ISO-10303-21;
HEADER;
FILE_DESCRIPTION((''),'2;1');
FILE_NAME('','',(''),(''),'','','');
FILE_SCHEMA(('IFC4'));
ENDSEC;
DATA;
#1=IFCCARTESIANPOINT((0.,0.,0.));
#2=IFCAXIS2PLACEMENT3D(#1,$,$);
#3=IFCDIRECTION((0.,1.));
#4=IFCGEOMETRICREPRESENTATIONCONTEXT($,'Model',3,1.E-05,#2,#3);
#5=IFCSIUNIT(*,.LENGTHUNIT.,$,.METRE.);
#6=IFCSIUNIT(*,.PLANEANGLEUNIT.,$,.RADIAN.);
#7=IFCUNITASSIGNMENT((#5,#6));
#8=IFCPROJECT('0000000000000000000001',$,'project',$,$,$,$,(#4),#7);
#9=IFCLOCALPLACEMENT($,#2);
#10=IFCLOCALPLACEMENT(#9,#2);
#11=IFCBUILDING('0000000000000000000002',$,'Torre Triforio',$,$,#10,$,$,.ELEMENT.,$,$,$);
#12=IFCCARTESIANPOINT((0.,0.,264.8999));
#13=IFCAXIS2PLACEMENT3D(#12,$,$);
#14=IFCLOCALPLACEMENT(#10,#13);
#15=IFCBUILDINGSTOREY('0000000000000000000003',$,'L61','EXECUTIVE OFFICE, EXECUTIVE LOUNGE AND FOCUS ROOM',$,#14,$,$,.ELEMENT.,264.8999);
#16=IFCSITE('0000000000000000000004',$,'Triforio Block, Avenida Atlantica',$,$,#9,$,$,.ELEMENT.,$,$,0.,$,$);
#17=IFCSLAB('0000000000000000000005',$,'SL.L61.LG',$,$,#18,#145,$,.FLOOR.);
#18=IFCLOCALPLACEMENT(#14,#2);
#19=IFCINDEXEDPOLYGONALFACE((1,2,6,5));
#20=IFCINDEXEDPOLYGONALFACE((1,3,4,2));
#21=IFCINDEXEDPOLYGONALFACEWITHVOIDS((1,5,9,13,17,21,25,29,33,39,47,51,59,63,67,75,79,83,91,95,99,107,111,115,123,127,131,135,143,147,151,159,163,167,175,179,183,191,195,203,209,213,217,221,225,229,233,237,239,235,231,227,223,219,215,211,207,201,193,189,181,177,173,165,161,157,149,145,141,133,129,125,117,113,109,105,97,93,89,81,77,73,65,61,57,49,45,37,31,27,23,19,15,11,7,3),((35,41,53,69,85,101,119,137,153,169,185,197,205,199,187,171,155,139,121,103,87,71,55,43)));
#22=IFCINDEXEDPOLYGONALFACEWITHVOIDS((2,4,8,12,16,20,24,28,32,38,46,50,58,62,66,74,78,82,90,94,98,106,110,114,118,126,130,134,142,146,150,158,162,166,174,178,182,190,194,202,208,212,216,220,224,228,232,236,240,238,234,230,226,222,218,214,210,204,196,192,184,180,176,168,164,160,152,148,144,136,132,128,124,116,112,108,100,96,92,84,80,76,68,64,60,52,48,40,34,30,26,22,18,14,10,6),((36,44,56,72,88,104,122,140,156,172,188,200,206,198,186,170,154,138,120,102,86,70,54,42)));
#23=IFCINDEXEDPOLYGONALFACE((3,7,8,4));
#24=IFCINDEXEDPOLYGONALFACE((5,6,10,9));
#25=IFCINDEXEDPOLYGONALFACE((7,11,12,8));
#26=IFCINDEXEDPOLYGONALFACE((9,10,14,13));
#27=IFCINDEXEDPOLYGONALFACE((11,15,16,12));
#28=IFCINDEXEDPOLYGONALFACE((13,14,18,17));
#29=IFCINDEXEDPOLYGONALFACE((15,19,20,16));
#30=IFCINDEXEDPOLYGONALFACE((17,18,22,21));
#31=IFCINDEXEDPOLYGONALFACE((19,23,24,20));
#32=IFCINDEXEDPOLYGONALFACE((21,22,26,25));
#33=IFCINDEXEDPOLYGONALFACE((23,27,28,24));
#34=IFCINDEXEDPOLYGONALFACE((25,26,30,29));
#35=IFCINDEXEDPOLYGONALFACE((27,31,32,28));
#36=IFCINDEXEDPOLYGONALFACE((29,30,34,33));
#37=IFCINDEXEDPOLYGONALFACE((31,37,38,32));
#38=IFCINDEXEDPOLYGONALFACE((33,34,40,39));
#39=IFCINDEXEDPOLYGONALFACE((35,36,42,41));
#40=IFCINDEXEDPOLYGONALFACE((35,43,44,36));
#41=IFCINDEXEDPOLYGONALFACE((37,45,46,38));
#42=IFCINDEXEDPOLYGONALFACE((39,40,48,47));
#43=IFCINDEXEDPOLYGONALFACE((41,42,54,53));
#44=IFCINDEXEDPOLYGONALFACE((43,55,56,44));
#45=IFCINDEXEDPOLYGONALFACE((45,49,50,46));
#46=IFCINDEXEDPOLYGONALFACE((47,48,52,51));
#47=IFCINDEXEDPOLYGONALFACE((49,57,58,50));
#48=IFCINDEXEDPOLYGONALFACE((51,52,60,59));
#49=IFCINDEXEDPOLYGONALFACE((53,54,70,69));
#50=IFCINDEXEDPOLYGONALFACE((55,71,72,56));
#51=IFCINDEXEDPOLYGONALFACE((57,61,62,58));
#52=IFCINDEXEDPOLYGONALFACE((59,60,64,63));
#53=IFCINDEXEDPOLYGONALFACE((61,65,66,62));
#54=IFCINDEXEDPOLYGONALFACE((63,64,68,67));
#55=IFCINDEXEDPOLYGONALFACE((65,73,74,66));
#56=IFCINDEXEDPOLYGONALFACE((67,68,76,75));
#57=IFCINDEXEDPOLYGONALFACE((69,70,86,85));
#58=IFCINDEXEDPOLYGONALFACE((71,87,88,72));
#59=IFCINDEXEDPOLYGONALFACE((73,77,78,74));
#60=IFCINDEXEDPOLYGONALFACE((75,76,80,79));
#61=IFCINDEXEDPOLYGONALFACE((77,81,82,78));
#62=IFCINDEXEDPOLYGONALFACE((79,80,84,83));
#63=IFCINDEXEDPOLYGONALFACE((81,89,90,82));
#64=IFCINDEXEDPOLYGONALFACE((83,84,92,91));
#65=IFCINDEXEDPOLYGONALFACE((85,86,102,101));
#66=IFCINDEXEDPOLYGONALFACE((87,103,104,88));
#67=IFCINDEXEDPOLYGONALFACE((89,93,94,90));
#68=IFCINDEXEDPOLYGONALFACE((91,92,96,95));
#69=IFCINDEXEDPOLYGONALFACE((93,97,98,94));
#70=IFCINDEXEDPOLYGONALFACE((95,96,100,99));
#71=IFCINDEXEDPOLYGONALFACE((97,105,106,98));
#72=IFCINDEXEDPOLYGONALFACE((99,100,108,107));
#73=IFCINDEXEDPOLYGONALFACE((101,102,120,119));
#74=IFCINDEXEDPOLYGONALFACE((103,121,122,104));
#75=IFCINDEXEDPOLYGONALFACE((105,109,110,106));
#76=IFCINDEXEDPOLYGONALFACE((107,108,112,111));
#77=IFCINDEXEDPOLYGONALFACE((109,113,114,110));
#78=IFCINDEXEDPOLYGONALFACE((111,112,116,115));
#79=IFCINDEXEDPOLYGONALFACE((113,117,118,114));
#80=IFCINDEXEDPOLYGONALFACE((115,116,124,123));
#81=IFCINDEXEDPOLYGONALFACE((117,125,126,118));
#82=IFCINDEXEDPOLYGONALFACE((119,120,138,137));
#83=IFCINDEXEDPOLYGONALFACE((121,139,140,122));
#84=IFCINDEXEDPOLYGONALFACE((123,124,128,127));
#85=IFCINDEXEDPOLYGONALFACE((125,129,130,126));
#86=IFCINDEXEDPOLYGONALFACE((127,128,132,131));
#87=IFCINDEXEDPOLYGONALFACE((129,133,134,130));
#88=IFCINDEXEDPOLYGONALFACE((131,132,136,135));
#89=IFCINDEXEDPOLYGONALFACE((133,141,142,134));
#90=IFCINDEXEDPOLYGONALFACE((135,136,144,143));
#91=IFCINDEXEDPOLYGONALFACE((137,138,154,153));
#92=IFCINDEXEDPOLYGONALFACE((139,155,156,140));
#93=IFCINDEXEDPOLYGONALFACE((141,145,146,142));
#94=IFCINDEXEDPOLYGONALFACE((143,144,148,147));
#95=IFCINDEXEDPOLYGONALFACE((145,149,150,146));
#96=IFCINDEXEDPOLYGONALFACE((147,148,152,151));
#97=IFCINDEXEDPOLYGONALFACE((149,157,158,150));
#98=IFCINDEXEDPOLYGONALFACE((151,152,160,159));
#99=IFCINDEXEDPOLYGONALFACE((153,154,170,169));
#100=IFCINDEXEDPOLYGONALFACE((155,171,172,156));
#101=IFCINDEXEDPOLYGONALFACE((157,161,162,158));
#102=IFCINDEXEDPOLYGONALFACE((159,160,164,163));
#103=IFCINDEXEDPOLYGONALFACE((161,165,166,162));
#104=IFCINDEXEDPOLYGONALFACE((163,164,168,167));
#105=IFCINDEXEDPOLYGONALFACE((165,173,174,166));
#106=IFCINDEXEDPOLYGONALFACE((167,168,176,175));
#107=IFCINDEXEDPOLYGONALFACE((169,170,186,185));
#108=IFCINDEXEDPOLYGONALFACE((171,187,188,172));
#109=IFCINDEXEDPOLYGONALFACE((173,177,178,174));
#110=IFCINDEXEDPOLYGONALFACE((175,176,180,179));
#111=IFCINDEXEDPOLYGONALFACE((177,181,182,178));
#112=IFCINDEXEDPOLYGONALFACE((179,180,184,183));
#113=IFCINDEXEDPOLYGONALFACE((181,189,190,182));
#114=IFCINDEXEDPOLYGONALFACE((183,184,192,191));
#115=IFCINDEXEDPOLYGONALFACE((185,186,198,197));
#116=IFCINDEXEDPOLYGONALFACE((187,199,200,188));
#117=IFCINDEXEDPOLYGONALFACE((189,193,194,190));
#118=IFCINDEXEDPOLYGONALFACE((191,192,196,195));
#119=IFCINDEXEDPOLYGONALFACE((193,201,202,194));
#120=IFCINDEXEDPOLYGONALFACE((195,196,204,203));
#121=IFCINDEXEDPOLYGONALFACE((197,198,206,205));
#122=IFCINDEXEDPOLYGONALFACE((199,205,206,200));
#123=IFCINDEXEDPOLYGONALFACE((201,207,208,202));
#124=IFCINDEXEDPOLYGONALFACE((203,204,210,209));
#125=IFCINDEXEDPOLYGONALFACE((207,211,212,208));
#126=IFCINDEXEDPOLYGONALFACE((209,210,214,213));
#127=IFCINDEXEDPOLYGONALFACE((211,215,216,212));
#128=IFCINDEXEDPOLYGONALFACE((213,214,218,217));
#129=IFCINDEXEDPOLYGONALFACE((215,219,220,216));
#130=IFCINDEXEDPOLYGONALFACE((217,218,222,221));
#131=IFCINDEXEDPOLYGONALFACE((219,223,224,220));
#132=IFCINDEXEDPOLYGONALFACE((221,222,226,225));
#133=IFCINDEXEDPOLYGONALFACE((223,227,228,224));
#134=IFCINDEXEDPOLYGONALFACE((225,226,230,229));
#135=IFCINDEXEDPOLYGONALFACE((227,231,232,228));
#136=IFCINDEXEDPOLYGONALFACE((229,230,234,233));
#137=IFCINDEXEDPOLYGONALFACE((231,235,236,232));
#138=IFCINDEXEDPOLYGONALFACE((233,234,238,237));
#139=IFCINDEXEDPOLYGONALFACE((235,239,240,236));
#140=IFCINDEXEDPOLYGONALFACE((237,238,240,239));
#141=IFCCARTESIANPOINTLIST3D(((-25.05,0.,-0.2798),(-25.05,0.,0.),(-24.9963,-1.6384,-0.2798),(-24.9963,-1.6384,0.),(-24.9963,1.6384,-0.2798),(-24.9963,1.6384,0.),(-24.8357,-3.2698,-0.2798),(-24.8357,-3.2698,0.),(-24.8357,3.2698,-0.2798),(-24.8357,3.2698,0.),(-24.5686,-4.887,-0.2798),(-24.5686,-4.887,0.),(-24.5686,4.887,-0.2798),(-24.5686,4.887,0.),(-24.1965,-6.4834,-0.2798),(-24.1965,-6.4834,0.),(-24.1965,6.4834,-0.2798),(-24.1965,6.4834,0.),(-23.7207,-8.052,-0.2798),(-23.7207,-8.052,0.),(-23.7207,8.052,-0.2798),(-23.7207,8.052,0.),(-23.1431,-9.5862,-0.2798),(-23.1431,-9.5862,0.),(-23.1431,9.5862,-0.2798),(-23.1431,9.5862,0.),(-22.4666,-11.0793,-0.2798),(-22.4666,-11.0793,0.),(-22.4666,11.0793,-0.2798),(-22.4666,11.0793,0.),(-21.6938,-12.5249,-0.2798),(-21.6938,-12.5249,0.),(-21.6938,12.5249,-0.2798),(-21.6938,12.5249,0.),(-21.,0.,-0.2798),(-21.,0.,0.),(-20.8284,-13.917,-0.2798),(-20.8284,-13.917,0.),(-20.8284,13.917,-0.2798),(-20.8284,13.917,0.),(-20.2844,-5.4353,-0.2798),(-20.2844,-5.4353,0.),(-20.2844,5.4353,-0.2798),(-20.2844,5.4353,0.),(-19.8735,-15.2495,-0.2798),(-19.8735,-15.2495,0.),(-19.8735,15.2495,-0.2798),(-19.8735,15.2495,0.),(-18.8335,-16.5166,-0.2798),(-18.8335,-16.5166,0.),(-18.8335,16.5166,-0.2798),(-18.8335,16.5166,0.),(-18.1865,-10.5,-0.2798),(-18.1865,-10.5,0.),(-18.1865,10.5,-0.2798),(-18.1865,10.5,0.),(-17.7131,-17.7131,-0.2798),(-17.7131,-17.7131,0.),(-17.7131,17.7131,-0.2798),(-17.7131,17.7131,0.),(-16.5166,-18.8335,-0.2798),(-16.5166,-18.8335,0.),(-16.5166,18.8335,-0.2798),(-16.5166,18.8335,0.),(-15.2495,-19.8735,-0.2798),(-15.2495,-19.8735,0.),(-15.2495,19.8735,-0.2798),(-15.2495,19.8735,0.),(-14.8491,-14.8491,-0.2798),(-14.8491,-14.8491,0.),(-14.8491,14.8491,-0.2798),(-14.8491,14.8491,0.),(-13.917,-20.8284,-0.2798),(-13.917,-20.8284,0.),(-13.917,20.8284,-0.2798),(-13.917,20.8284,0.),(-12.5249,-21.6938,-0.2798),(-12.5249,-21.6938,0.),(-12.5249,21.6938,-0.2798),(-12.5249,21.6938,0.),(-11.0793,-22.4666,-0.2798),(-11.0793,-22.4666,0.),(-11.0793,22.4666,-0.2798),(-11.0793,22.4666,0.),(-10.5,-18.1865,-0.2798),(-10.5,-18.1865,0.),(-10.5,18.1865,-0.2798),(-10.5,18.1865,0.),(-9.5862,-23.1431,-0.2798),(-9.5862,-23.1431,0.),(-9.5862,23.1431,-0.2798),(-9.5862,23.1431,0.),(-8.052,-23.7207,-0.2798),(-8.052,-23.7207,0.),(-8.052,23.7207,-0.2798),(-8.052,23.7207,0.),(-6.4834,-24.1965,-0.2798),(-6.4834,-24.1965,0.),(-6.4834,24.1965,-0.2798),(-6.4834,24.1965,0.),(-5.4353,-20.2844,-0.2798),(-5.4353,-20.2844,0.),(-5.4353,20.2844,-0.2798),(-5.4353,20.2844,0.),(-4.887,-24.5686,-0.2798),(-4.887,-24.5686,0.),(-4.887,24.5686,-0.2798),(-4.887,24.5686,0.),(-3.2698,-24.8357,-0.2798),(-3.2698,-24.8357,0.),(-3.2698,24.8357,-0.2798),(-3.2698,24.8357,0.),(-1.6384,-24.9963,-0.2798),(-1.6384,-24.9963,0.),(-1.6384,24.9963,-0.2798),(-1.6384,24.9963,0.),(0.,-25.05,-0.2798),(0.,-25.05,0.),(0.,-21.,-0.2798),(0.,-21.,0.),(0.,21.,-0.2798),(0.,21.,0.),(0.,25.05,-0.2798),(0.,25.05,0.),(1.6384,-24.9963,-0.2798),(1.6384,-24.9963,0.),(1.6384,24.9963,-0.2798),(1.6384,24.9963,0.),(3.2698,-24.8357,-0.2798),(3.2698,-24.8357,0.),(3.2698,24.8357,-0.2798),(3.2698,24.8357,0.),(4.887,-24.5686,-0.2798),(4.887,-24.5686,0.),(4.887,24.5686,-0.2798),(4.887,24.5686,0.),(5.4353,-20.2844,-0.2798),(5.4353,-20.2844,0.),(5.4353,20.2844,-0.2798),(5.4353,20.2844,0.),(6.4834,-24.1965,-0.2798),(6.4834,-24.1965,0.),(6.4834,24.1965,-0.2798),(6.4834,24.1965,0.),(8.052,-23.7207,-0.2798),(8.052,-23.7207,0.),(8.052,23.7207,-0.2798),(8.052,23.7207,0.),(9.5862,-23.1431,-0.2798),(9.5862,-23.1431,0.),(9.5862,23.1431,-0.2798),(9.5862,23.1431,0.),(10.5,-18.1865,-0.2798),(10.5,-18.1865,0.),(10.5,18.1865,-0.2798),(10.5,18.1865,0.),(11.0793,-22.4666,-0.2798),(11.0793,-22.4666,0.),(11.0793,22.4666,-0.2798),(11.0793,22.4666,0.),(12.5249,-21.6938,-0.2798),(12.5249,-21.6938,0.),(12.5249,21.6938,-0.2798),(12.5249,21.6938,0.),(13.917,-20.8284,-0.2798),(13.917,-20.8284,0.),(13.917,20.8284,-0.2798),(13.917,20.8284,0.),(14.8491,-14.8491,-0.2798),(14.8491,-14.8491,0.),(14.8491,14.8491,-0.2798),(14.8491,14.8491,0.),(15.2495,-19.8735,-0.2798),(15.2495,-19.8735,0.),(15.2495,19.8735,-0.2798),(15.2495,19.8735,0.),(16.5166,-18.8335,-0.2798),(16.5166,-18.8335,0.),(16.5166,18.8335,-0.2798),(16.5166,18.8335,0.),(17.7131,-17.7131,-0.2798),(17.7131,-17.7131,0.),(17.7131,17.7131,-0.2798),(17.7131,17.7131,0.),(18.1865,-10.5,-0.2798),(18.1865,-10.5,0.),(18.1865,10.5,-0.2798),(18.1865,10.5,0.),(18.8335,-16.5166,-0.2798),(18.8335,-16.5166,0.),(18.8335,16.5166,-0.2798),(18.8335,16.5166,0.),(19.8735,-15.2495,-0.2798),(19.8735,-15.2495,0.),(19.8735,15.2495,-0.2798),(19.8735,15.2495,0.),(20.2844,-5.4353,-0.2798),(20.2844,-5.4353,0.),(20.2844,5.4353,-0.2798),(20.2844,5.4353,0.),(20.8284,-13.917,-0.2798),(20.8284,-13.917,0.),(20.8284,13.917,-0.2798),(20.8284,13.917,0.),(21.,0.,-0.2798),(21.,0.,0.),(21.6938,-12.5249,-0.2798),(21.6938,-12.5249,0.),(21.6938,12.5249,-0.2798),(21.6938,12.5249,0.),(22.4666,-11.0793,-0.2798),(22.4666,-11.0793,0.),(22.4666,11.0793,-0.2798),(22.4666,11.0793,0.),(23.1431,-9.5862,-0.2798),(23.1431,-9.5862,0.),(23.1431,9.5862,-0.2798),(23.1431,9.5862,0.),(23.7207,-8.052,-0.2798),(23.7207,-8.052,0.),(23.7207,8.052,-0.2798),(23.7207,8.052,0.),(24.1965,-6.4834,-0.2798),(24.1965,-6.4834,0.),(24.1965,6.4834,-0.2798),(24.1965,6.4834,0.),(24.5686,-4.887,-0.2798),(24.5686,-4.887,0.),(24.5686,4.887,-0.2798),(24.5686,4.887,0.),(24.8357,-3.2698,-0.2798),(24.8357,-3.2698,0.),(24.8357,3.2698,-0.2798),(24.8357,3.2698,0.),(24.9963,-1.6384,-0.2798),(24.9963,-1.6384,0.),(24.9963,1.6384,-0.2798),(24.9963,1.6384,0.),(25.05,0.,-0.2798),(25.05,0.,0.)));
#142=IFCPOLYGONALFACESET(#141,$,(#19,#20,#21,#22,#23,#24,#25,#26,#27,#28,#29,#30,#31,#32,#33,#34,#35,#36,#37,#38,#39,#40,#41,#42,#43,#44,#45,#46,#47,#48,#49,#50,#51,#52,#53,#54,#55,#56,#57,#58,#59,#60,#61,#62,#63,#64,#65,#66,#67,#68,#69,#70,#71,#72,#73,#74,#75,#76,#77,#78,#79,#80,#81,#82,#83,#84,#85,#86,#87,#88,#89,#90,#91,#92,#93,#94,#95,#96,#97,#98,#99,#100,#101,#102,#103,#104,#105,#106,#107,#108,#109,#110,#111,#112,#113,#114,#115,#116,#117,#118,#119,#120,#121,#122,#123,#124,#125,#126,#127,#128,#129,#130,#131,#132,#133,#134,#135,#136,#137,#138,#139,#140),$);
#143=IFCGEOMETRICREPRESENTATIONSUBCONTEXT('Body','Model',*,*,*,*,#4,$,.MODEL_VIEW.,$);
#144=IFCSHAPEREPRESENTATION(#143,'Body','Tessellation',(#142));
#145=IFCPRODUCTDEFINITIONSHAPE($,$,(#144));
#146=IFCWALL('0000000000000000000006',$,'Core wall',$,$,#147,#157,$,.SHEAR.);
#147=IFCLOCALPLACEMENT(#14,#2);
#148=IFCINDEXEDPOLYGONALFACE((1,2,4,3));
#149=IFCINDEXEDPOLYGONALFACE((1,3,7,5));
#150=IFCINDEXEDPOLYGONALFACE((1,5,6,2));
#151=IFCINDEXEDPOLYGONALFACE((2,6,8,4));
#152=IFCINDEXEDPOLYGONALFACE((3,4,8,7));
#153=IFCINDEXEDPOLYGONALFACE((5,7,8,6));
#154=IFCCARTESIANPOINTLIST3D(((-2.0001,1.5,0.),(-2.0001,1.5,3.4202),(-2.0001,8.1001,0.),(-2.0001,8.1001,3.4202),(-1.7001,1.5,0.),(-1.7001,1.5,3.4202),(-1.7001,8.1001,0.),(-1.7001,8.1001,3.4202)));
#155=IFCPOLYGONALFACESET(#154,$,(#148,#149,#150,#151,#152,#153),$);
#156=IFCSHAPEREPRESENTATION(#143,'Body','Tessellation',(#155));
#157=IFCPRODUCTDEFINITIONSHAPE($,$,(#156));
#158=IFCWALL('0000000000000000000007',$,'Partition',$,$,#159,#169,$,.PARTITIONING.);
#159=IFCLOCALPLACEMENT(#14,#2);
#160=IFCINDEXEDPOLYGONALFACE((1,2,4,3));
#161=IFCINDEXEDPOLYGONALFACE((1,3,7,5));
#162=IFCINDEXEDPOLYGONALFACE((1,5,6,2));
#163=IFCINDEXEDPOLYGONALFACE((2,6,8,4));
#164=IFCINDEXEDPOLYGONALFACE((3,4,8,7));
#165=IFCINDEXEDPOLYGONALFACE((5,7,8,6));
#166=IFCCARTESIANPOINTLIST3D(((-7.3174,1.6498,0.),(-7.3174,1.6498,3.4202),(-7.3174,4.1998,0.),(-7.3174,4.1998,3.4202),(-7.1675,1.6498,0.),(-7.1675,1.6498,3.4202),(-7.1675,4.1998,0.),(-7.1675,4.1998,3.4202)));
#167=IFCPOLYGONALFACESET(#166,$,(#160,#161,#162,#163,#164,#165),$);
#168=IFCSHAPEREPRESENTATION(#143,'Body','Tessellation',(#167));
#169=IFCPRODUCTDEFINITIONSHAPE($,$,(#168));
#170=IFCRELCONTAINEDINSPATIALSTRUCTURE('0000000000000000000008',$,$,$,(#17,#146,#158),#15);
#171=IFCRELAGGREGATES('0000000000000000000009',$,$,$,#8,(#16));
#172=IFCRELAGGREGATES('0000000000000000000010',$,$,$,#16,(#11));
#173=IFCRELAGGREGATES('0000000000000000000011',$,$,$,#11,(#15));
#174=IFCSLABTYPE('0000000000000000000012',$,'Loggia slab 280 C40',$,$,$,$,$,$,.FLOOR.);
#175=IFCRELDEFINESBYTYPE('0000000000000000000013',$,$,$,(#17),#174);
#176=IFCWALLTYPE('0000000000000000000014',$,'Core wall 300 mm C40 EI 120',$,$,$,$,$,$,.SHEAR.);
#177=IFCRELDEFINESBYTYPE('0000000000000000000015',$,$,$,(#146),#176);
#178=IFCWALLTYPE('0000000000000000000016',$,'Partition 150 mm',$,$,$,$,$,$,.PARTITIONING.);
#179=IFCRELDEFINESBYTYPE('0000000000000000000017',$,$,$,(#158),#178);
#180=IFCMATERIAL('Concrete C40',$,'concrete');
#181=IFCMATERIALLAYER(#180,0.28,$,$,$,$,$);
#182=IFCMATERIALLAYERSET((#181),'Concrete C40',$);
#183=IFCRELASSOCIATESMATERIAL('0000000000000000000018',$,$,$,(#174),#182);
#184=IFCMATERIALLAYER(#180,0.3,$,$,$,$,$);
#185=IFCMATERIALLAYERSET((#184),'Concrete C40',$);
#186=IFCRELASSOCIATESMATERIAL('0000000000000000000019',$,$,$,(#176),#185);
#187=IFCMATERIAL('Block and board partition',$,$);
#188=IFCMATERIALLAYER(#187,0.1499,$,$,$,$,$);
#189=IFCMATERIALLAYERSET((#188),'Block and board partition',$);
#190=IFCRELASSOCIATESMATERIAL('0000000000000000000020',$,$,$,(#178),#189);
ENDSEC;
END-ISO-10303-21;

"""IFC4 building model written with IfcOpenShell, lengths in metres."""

from ifc_helpers import new_model, si_unit, direction, frame, frame_2d, origin, place, context, subcontext, project, spatial, polyline, rectangle, outline, extrude, material, layer, layer_set, type_object, element, save


model = new_model("IFC4")

# Units and contexts
model_context = context("Model", 3, precision=1e-05, world=origin(), true_north=direction((0.0, 1.0)))
body_context = subcontext(model_context, "Body", "Model", "MODEL_VIEW")
ifc_project = project(units=[si_unit("LENGTHUNIT", "METRE"), si_unit("PLANEANGLEUNIT", "RADIAN")], contexts=[model_context])

# Site, building, storey
site_placement = place(None, origin())
site = spatial("IfcSite", under=ifc_project, at=site_placement, Name="Triforio Block, Avenida Atlantica", CompositionType="ELEMENT", RefElevation=0.0)
building_placement = place(site_placement, origin())
building = spatial("IfcBuilding", under=site, at=building_placement, Name="Torre Triforio", CompositionType="ELEMENT")
storey_placement = place(building_placement, frame((0.0, 0.0, 264.8999)))
storey = spatial("IfcBuildingStorey", under=building, at=storey_placement, Name="L61", Description="EXECUTIVE OFFICE, EXECUTIVE LOUNGE AND FOCUS ROOM", CompositionType="ELEMENT", Elevation=264.8999)

# Shared definitions
ifc_material_1 = material(Name="Concrete C40", Category="concrete")

# Slab
ifc_layer_1 = layer(ifc_material_1, 0.28)
ifc_layer_set_1 = layer_set([ifc_layer_1], Name="Concrete C40")
slab_type_1 = type_object("IfcSlabType", Name="Loggia slab 280 C40", PredefinedType="FLOOR", material=ifc_layer_set_1)
slab_1_placement = place(storey_placement, frame((0.0, 0.0, -0.2798)))
element("IfcSlab", 1, at=slab_1_placement, inside=storey, type_object=slab_type_1, Name="SL.L61.LG", PredefinedType="FLOOR", context=body_context, shape_type="SweptSolid", body=[
    extrude(outline(polyline([(24.9963, -1.6384), (25.05, 0.0), (24.9963, 1.6384), (24.8357, 3.2698), (24.5686, 4.887), (24.1965, 6.4834), (23.7207, 8.052), (23.1431, 9.5862), (22.4666, 11.0793), (21.6938, 12.5249), (20.8284, 13.917), (19.8735, 15.2495), (18.8335, 16.5166), (17.7131, 17.7131), (16.5166, 18.8335), (15.2495, 19.8735), (13.917, 20.8284), (12.5249, 21.6938), (11.0793, 22.4666), (9.5862, 23.1431), (8.052, 23.7207), (6.4834, 24.1965), (4.887, 24.5686), (3.2698, 24.8357), (1.6384, 24.9963), (0.0, 25.05), (-1.6384, 24.9963), (-3.2698, 24.8357), (-4.887, 24.5686), (-6.4834, 24.1965), (-8.052, 23.7207), (-9.5862, 23.1431), (-11.0793, 22.4666), (-12.5249, 21.6938), (-13.917, 20.8284), (-15.2495, 19.8735), (-16.5166, 18.8335), (-17.7131, 17.7131), (-18.8335, 16.5166), (-19.8735, 15.2495), (-20.8284, 13.917), (-21.6938, 12.5249), (-22.4666, 11.0793), (-23.1431, 9.5862), (-23.7207, 8.052), (-24.1965, 6.4834), (-24.5686, 4.887), (-24.8357, 3.2698), (-24.9963, 1.6384), (-25.05, 0.0), (-24.9963, -1.6384), (-24.8357, -3.2698), (-24.5686, -4.887), (-24.1965, -6.4834), (-23.7207, -8.052), (-23.1431, -9.5862), (-22.4666, -11.0793), (-21.6938, -12.5249), (-20.8284, -13.917), (-19.8735, -15.2495), (-18.8335, -16.5166), (-17.7131, -17.7131), (-16.5166, -18.8335), (-15.2495, -19.8735), (-13.917, -20.8284), (-12.5249, -21.6938), (-11.0793, -22.4666), (-9.5862, -23.1431), (-8.052, -23.7207), (-6.4834, -24.1965), (-4.887, -24.5686), (-3.2698, -24.8357), (-1.6384, -24.9963), (0.0, -25.05), (1.6384, -24.9963), (3.2698, -24.8357), (4.887, -24.5686), (6.4834, -24.1965), (8.052, -23.7207), (9.5862, -23.1431), (11.0793, -22.4666), (12.5249, -21.6938), (13.917, -20.8284), (15.2495, -19.8735), (16.5166, -18.8335), (17.7131, -17.7131), (18.8335, -16.5166), (19.8735, -15.2495), (20.8284, -13.917), (21.6938, -12.5249), (22.4666, -11.0793), (23.1431, -9.5862), (23.7207, -8.052), (24.1965, -6.4834), (24.5686, -4.887), (24.8357, -3.2698), (24.9963, -1.6384)]), holes=[polyline([(20.2844, 5.4353), (21.0, 0.0), (20.2844, -5.4353), (18.1865, -10.5), (14.8491, -14.8491), (10.5, -18.1865), (5.4353, -20.2844), (0.0, -21.0), (-5.4353, -20.2844), (-10.5, -18.1865), (-14.8491, -14.8491), (-18.1865, -10.5), (-20.2844, -5.4353), (-21.0, 0.0), (-20.2844, 5.4353), (-18.1865, 10.5), (-14.8491, 14.8491), (-10.5, 18.1865), (-5.4353, 20.2844), (0.0, 21.0), (5.4353, 20.2844), (10.5, 18.1865), (14.8491, 14.8491), (18.1865, 10.5), (20.2844, 5.4353)])]), origin(), (0.0, 0.0, 1.0), 0.2798),
])

# Walls
ifc_layer_2 = layer(ifc_material_1, 0.3)
ifc_layer_set_2 = layer_set([ifc_layer_2], Name="Concrete C40")
wall_type_1 = type_object("IfcWallType", Name="Core wall 300 mm C40 EI 120", PredefinedType="SHEAR", material=ifc_layer_set_2)
wall_1_placement = place(storey_placement, frame((-1.8501, 1.5, 0.0), z_axis=(0.0, 0.0, 1.0), x_axis=(0.0, 1.0, 0.0)))
element("IfcWall", 2, at=wall_1_placement, inside=storey, type_object=wall_type_1, Name="Core wall", PredefinedType="SHEAR", context=body_context, shape_type="SweptSolid", body=[
    extrude(rectangle(XDim=6.6001, YDim=0.3, at=frame_2d((3.3, 0.0))), origin(), (0.0, 0.0, 1.0), 3.4202),
])
ifc_material_2 = material(Name="Block and board partition")
ifc_layer_3 = layer(ifc_material_2, 0.1499)
ifc_layer_set_3 = layer_set([ifc_layer_3], Name="Block and board partition")
wall_type_2 = type_object("IfcWallType", Name="Partition 150 mm", PredefinedType="PARTITIONING", material=ifc_layer_set_3)
wall_2_placement = place(storey_placement, frame((-7.2424, 1.6499, 0.0), z_axis=(0.0, 0.0, 1.0), x_axis=(0.0, 1.0, 0.0)))
element("IfcWall", 3, at=wall_2_placement, inside=storey, type_object=wall_type_2, Name="Partition", PredefinedType="PARTITIONING", context=body_context, shape_type="SweptSolid", body=[
    extrude(rectangle(XDim=2.55, YDim=0.1499, at=frame_2d((1.2749, 0.0))), origin(), (0.0, 0.0, 1.0), 3.4202),
])

save(model, "model.ifc")
